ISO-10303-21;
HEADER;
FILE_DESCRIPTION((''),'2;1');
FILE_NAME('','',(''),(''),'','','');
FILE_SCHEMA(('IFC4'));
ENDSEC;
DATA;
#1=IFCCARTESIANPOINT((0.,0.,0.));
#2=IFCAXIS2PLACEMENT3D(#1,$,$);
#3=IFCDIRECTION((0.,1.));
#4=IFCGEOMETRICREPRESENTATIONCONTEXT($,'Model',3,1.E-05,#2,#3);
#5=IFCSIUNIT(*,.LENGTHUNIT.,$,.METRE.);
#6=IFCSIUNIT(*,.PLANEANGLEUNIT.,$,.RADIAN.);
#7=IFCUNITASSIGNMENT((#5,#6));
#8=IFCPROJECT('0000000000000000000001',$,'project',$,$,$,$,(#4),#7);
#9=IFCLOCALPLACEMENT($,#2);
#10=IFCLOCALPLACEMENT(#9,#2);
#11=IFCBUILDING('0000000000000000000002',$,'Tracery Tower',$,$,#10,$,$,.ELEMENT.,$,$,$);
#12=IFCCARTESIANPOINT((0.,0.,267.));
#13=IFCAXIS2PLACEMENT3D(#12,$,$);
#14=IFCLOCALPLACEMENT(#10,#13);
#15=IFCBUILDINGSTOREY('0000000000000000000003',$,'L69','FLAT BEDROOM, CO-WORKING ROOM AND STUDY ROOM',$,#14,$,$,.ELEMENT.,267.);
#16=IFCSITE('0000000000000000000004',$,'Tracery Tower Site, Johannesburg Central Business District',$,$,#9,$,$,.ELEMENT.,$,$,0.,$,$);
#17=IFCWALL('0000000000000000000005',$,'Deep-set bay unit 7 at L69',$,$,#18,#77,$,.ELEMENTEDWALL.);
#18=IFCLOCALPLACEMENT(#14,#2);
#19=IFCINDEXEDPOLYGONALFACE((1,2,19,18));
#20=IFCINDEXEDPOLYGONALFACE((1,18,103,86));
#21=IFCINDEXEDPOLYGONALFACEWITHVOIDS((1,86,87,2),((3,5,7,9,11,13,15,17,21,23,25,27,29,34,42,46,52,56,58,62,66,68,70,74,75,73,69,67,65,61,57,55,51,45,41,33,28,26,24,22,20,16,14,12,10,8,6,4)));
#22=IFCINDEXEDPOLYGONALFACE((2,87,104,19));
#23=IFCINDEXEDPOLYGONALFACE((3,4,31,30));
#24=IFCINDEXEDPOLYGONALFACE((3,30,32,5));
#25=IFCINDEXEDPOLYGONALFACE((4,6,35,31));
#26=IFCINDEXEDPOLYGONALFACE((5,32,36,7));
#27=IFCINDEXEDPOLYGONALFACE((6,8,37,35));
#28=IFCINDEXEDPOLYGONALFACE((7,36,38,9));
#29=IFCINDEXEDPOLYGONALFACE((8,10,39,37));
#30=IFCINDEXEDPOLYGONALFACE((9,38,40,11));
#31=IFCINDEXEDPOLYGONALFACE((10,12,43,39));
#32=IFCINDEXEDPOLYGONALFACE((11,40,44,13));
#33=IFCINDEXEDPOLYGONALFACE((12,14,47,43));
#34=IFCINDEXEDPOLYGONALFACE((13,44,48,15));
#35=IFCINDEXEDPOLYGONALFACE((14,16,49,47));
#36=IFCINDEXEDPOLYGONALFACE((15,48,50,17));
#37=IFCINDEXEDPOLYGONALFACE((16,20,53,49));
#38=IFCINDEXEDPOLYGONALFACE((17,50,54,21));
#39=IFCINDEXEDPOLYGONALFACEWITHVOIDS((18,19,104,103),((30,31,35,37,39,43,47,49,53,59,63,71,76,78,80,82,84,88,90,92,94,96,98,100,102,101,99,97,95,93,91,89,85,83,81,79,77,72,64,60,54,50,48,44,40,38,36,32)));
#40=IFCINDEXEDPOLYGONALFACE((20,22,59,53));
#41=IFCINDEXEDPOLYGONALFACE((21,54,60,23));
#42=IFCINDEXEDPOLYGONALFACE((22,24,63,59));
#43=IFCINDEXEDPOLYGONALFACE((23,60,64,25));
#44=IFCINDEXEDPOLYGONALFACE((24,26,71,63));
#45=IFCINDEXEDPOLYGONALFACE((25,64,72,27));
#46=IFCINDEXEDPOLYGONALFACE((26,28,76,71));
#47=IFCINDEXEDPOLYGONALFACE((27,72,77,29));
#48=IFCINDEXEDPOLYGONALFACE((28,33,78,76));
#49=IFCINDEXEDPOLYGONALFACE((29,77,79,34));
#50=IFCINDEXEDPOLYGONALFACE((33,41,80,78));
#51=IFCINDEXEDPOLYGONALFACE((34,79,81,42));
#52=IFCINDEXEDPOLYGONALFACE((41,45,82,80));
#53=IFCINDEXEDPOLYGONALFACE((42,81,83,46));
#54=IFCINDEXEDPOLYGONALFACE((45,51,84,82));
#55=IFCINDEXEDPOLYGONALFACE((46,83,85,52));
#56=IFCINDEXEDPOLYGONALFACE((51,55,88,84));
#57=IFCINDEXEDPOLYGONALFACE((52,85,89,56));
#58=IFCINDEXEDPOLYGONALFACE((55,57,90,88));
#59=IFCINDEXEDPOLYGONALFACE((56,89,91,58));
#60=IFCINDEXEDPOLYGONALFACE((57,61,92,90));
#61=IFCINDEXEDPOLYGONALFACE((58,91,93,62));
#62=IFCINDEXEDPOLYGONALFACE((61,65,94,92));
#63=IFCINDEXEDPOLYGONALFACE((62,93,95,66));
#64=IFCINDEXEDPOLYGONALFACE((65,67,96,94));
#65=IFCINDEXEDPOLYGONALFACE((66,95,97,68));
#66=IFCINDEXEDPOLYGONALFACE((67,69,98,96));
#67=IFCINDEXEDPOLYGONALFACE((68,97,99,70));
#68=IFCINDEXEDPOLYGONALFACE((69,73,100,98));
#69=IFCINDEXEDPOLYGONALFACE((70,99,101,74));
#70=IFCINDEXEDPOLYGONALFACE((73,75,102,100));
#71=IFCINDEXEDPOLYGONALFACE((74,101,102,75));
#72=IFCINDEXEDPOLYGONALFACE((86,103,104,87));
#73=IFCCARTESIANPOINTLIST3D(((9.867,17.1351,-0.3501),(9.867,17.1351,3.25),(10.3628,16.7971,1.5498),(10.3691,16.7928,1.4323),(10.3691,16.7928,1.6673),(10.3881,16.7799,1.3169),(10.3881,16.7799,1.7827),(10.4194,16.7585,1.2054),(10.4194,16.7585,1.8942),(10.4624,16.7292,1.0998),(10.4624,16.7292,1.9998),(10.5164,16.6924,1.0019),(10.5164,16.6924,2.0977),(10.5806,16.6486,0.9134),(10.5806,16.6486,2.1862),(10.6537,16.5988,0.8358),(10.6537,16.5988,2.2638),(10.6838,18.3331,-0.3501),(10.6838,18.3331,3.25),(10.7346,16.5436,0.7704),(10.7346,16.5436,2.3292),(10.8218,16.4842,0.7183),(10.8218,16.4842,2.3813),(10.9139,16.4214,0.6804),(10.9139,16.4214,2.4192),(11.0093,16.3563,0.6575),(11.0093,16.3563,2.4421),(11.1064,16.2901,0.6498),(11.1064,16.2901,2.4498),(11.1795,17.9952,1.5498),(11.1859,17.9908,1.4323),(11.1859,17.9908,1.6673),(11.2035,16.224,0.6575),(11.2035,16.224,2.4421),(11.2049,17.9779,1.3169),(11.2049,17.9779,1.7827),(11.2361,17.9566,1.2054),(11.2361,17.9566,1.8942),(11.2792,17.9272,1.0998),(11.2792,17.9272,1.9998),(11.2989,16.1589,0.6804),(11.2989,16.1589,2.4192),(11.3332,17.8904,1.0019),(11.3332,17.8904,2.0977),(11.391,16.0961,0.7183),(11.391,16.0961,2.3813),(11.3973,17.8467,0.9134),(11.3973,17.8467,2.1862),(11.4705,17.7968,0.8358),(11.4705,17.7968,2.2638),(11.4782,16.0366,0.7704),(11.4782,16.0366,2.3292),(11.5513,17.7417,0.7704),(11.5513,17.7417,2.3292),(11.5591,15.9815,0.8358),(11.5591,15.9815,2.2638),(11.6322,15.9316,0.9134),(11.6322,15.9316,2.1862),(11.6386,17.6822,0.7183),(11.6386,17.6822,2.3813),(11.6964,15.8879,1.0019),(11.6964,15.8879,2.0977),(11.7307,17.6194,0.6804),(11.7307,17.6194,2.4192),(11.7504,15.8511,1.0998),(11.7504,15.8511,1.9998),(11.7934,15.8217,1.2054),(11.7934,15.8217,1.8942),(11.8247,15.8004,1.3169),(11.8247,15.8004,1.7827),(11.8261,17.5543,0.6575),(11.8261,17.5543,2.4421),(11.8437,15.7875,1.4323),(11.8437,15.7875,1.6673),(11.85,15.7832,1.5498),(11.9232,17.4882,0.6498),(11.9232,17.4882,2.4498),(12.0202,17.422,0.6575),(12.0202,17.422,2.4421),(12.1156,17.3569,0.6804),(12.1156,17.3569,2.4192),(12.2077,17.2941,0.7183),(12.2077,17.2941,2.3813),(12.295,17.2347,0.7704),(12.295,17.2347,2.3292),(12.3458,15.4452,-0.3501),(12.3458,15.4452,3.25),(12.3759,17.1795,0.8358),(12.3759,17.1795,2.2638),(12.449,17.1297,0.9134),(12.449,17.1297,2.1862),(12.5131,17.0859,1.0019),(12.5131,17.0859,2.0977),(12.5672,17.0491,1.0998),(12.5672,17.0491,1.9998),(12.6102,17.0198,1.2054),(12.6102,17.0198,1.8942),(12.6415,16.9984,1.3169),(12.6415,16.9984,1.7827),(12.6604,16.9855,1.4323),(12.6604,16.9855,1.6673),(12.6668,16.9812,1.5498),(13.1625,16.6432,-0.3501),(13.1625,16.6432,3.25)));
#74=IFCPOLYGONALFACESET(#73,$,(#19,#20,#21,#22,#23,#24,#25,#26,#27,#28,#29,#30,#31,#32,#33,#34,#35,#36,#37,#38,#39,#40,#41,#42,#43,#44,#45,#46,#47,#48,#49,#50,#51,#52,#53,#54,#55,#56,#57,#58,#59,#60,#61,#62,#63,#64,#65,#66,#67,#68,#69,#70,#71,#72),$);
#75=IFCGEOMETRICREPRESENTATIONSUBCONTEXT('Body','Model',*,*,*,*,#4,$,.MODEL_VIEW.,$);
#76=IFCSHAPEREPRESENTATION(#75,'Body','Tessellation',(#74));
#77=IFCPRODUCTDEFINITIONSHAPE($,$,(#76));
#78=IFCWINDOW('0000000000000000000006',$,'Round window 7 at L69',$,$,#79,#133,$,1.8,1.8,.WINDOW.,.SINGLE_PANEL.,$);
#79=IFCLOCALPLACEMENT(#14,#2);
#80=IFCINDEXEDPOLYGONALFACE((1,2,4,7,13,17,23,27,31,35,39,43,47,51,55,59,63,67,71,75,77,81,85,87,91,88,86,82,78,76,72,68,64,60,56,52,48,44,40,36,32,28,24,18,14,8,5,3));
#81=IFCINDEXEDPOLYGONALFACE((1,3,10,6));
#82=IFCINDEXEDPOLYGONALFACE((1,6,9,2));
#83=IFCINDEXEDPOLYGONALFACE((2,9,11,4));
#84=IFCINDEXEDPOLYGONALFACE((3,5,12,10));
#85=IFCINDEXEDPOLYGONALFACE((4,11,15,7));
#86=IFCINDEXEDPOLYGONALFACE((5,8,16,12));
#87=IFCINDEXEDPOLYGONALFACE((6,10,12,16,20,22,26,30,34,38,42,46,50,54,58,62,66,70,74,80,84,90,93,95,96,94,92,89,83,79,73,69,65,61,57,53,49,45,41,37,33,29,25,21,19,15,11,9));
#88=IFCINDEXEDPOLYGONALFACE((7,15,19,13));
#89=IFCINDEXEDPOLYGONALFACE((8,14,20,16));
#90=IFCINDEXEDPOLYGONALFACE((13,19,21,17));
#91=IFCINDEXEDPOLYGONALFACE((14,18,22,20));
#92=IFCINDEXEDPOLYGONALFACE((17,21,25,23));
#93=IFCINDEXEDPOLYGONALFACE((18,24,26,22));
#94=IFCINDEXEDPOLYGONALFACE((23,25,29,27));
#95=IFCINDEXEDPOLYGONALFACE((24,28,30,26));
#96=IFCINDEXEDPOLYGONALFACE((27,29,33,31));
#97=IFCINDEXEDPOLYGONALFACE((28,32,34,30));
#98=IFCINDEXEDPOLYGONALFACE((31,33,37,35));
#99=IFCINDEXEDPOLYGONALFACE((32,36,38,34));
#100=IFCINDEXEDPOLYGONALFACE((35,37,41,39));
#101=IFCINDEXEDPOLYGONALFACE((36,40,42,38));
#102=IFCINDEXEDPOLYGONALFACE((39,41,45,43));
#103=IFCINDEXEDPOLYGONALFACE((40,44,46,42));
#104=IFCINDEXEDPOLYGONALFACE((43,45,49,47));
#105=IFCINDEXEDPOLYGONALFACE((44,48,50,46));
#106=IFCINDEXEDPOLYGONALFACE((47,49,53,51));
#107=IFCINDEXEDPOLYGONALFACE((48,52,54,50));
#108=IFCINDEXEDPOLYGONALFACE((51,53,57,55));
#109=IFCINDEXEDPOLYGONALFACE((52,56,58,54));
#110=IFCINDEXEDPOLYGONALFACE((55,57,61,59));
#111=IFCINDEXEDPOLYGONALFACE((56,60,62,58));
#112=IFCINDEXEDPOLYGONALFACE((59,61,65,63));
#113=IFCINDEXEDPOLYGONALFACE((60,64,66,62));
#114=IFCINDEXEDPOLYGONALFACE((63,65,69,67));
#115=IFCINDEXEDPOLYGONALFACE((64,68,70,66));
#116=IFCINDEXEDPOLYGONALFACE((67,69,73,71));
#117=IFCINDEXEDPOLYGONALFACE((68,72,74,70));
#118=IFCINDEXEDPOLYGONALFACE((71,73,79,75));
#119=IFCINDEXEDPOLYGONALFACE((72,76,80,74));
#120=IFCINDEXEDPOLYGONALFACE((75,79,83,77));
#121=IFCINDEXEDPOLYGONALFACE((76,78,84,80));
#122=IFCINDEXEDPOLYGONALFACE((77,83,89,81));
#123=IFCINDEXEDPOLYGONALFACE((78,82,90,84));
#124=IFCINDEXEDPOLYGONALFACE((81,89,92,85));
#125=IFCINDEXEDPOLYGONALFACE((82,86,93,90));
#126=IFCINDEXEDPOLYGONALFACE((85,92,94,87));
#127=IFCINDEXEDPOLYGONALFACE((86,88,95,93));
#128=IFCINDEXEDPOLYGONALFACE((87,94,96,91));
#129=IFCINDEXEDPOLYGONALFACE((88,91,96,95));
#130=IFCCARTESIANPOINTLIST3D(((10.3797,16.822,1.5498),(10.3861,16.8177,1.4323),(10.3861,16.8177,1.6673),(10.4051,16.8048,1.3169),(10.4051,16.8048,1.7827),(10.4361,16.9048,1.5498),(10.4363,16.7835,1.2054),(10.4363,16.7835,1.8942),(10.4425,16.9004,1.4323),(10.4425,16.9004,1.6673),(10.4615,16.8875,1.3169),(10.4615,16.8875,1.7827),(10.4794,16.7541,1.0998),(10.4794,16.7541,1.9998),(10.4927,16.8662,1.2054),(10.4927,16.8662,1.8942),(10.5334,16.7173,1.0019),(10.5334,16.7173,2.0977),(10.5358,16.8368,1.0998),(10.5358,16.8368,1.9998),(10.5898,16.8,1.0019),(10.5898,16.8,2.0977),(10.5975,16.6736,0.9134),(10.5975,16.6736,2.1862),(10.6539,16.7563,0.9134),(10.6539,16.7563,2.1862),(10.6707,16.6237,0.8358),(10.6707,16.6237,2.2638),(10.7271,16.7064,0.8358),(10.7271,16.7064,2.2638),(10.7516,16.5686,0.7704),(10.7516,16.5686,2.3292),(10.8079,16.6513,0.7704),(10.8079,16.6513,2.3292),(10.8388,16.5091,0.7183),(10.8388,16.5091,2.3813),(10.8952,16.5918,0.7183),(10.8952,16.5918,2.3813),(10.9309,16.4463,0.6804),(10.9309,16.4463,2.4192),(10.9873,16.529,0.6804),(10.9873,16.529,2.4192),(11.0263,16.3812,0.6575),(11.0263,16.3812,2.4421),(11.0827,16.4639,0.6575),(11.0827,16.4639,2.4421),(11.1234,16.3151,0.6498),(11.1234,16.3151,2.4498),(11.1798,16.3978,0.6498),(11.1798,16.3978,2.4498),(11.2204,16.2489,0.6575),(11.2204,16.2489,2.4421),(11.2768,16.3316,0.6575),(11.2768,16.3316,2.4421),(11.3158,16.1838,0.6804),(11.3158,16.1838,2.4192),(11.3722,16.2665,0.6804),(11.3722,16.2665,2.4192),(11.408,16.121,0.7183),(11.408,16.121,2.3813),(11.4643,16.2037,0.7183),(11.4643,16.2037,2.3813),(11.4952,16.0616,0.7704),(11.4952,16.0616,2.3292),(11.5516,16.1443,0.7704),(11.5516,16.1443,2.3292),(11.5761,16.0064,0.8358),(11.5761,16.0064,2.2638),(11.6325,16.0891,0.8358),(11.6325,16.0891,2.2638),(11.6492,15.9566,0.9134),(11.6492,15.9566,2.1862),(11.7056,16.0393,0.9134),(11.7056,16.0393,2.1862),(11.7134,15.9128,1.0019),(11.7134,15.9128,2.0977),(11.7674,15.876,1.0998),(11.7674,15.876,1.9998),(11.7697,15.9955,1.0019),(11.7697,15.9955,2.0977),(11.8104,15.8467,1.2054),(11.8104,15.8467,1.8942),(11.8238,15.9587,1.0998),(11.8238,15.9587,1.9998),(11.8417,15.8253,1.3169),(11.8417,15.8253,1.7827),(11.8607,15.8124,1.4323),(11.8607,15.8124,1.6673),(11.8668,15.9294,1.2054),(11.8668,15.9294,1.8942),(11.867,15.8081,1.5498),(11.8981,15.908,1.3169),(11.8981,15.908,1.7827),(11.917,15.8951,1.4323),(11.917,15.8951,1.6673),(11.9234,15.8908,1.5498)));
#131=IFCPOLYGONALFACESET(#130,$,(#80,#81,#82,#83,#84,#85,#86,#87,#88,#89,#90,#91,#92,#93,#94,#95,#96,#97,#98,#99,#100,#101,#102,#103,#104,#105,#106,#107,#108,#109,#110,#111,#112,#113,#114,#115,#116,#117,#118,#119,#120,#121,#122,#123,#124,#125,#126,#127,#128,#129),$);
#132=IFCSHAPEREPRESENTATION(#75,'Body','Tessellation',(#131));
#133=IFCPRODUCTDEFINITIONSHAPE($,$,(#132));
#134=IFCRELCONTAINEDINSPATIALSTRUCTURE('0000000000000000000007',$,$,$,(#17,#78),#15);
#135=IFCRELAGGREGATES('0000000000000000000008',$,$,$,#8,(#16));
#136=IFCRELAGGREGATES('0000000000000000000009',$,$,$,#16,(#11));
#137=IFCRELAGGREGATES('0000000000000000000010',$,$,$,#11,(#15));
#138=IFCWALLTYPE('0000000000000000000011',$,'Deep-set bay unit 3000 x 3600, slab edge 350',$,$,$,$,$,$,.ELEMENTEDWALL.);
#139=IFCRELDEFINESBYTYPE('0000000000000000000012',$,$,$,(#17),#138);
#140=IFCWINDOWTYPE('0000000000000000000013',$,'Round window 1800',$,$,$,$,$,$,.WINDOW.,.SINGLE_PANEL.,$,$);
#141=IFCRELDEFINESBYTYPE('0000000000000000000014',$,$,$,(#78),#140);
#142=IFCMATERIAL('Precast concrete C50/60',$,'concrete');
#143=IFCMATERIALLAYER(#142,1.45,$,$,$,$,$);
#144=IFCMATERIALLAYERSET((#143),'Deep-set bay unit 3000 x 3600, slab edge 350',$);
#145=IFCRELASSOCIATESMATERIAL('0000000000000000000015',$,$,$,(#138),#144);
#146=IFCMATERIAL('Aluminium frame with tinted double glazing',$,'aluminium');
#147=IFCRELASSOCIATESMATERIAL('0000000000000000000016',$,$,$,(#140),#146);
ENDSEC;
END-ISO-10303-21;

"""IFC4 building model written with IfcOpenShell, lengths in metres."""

from ifc_helpers import new_model, si_unit, direction, frame, frame_2d, origin, origin_2d, place, context, subcontext, project, spatial, rectangle, circle, extrude, material, layer, layer_set, type_object, element, fill, save


model = new_model("IFC4")

# Units and contexts
model_context = context("Model", 3, precision=1e-05, world=origin(), true_north=direction((0.0, 1.0)))
body_context = subcontext(model_context, "Body", "Model", "MODEL_VIEW")
ifc_project = project(units=[si_unit("LENGTHUNIT", "METRE"), si_unit("PLANEANGLEUNIT", "RADIAN")], contexts=[model_context])

# Site, building, storey
site_placement = place(None, origin())
site = spatial("IfcSite", under=ifc_project, at=site_placement, Name="Tracery Tower Site, Johannesburg Central Business District", CompositionType="ELEMENT", RefElevation=0.0)
building_placement = place(site_placement, origin())
building = spatial("IfcBuilding", under=site, at=building_placement, Name="Tracery Tower", CompositionType="ELEMENT")
storey_placement = place(building_placement, frame((0.0, 0.0, 267.0)))
storey = spatial("IfcBuildingStorey", under=building, at=storey_placement, Name="L69", Description="FLAT BEDROOM, CO-WORKING ROOM AND STUDY ROOM", CompositionType="ELEMENT", Elevation=267.0)

# Wall, opening, window
ifc_material_1 = material(Name="Precast concrete C50/60", Category="concrete")
ifc_layer_1 = layer(ifc_material_1, 1.45)
ifc_layer_set_1 = layer_set([ifc_layer_1], Name="Deep-set bay unit 3000 x 3600, slab edge 350")
wall_type_1 = type_object("IfcWallType", Name="Deep-set bay unit 3000 x 3600, slab edge 350", PredefinedType="ELEMENTEDWALL", material=ifc_layer_set_1)
wall_1_placement = place(storey_placement, frame((12.7542, 16.0442, -0.3501), z_axis=(0.0, 0.0, 1.0), x_axis=(-0.826246, 0.563309, 0.0)))
wall_1 = element("IfcWall", 1, at=wall_1_placement, inside=storey, type_object=wall_type_1, Name="Deep-set bay unit 7 at L69", PredefinedType="ELEMENTEDWALL", context=body_context, shape_type="SweptSolid", body=[
    extrude(rectangle(XDim=3.0, YDim=1.45, at=frame_2d((1.5, 0.0))), origin(), (0.0, 0.0, 1.0), 3.6001),
])
opening_1_placement = place(wall_1_placement, frame((1.5, 0.0, 1.8999)))
opening_1 = element("IfcOpeningElement", 2, at=opening_1_placement, cuts=wall_1, PredefinedType="OPENING", context=body_context, shape_type="SweptSolid", body=[
    extrude(circle(Radius=0.9, at=origin_2d()), frame((0.0, 0.7349, 0.0), z_axis=(0.0, -1.0, 0.0), x_axis=(1.0, 0.0, 0.0)), (0.0, 0.0, 1.0), 1.47),
])
ifc_material_2 = material(Name="Aluminium frame with tinted double glazing", Category="aluminium")
window_type = type_object("IfcWindowType", Name="Round window 1800", PartitioningType="SINGLE_PANEL", PredefinedType="WINDOW", material=ifc_material_2)
window_1_placement = place(opening_1_placement, origin())
window_1 = element("IfcWindow", 3, at=window_1_placement, inside=storey, type_object=window_type, Name="Round window 7 at L69", OverallHeight=1.8, OverallWidth=1.8, PartitioningType="SINGLE_PANEL", PredefinedType="WINDOW", context=body_context, shape_type="SweptSolid", body=[
    extrude(circle(Radius=0.9, at=origin_2d()), frame((0.0, 0.6948, 0.0), z_axis=(0.0, -1.0, 0.0), x_axis=(1.0, 0.0, 0.0)), (0.0, 0.0, 1.0), 0.1001),
])
fill(opening_1, window_1)

save(model, "model.ifc")
